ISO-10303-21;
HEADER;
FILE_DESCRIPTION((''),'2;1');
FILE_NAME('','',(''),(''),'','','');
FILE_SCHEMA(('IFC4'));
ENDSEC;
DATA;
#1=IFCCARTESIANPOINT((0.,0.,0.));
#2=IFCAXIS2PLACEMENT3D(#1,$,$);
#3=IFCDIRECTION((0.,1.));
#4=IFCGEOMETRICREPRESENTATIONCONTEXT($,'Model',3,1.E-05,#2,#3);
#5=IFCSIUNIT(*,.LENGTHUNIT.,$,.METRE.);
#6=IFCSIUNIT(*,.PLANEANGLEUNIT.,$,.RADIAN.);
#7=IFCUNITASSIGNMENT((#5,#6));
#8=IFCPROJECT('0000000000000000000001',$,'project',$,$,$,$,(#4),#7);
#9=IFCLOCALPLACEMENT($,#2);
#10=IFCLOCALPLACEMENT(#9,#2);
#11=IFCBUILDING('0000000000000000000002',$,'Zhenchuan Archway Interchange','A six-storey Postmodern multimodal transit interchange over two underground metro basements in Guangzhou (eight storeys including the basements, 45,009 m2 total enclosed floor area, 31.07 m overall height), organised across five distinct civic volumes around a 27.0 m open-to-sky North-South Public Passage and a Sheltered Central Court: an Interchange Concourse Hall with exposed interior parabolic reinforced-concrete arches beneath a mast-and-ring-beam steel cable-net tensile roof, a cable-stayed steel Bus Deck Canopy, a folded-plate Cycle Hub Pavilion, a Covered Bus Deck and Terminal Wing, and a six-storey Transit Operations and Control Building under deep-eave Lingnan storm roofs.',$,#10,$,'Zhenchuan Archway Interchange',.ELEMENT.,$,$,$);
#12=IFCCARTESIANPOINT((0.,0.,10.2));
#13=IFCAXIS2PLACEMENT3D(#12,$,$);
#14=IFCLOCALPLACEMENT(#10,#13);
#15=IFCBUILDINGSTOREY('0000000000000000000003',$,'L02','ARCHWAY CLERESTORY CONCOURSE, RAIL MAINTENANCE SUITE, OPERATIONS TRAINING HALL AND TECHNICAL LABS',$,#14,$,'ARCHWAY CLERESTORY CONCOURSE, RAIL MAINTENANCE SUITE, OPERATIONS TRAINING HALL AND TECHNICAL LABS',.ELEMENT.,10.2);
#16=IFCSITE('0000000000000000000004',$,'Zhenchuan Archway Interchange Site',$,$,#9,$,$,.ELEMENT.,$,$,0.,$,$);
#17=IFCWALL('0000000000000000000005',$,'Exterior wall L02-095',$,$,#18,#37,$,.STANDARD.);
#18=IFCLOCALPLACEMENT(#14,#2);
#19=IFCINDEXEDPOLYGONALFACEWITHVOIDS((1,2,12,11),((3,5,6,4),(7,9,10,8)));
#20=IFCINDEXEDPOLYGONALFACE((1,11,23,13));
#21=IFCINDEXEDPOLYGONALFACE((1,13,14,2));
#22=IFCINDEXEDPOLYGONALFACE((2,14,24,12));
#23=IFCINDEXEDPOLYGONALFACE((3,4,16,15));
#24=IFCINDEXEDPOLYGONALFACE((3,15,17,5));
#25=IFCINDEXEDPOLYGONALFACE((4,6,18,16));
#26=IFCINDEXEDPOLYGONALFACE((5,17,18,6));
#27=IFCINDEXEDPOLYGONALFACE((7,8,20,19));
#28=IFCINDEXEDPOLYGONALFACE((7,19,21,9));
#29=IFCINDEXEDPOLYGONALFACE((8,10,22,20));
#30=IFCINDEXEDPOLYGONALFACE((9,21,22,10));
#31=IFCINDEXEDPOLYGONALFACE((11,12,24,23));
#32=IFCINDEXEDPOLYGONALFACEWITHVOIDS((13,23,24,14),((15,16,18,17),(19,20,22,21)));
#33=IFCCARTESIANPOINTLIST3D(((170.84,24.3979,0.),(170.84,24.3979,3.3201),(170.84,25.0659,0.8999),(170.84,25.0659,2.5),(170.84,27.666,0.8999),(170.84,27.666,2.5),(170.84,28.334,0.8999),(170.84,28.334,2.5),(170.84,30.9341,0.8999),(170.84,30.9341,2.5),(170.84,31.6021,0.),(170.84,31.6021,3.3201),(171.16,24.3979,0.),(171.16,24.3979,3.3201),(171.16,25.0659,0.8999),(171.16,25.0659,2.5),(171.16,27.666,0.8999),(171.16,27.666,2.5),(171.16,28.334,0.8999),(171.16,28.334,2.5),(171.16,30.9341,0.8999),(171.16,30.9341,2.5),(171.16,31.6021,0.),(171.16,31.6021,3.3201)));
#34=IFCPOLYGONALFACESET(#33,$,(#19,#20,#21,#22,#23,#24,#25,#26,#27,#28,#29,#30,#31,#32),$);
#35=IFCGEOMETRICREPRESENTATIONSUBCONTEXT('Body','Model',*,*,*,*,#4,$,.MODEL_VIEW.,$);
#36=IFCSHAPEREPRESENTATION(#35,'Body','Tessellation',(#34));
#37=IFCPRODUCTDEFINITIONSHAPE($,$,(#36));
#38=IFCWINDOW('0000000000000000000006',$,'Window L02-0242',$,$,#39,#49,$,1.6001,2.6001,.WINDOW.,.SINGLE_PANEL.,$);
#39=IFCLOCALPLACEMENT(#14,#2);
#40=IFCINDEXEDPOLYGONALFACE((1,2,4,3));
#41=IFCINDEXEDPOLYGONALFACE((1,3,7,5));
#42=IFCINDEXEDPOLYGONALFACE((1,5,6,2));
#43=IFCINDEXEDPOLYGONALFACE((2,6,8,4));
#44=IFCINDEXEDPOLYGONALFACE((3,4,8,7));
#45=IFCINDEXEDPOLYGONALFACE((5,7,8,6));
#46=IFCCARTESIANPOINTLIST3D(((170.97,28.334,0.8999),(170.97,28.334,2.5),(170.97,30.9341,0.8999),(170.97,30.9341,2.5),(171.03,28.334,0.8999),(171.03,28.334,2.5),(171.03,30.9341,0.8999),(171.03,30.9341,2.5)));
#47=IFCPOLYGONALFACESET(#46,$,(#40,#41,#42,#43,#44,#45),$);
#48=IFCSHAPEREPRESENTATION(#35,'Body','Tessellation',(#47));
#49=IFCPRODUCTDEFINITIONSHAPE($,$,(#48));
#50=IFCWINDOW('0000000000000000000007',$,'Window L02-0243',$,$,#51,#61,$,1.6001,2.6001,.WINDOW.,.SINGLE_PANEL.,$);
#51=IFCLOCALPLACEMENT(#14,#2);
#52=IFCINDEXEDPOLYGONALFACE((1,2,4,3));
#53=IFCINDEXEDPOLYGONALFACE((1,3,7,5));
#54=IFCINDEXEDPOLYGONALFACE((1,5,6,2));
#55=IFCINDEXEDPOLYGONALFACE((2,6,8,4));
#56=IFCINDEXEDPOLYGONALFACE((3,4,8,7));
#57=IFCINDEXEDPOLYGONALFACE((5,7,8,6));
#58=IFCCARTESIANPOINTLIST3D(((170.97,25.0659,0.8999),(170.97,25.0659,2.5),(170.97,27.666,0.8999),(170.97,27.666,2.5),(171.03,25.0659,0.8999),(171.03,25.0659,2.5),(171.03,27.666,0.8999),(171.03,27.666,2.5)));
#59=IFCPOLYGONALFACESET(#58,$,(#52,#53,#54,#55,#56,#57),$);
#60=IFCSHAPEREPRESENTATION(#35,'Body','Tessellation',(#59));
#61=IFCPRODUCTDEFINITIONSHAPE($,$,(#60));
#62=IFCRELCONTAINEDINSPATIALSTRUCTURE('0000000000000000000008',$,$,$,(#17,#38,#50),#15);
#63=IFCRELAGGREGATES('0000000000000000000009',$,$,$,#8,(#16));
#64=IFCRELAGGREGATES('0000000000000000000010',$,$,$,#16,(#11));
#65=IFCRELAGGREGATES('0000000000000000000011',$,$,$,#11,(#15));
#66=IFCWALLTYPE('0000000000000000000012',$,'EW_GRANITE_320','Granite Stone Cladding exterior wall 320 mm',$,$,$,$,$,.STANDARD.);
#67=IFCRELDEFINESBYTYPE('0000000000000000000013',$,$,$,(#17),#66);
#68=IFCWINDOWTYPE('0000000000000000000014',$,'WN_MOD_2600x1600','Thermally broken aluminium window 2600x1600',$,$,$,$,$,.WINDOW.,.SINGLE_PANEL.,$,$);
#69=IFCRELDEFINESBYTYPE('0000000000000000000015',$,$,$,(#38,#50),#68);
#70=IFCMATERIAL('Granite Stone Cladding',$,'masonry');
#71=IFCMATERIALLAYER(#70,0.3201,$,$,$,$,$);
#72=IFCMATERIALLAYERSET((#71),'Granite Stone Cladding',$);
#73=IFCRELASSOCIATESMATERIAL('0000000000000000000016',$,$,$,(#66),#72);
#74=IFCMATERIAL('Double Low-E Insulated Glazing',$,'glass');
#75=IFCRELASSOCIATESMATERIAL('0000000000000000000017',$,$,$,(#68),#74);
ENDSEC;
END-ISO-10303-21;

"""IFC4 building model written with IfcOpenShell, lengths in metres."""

from ifc_helpers import new_model, si_unit, direction, frame, frame_2d, origin, place, context, subcontext, project, spatial, rectangle, extrude, material, layer, layer_set, type_object, element, fill, save


model = new_model("IFC4")

# Units and contexts
model_context = context("Model", 3, precision=1e-05, world=origin(), true_north=direction((0.0, 1.0)))
body_context = subcontext(model_context, "Body", "Model", "MODEL_VIEW")
ifc_project = project(units=[si_unit("LENGTHUNIT", "METRE"), si_unit("PLANEANGLEUNIT", "RADIAN")], contexts=[model_context])

# Site, building, storey
site_placement = place(None, origin())
site = spatial("IfcSite", under=ifc_project, at=site_placement, Name="Zhenchuan Archway Interchange Site", CompositionType="ELEMENT", RefElevation=0.0)
building_placement = place(site_placement, origin())
building = spatial("IfcBuilding", under=site, at=building_placement, Name="Zhenchuan Archway Interchange", Description="A six-storey Postmodern multimodal transit interchange over two underground metro basements in Guangzhou (eight storeys including the basements, 45,009 m2 total enclosed floor area, 31.07 m overall height), organised across five distinct civic volumes around a 27.0 m open-to-sky North-South Public Passage and a Sheltered Central Court: an Interchange Concourse Hall with exposed interior parabolic reinforced-concrete arches beneath a mast-and-ring-beam steel cable-net tensile roof, a cable-stayed steel Bus Deck Canopy, a folded-plate Cycle Hub Pavilion, a Covered Bus Deck and Terminal Wing, and a six-storey Transit Operations and Control Building under deep-eave Lingnan storm roofs.", LongName="Zhenchuan Archway Interchange", CompositionType="ELEMENT")
storey_placement = place(building_placement, frame((0.0, 0.0, 10.2)))
storey = spatial("IfcBuildingStorey", under=building, at=storey_placement, Name="L02", Description="ARCHWAY CLERESTORY CONCOURSE, RAIL MAINTENANCE SUITE, OPERATIONS TRAINING HALL AND TECHNICAL LABS", LongName="ARCHWAY CLERESTORY CONCOURSE, RAIL MAINTENANCE SUITE, OPERATIONS TRAINING HALL AND TECHNICAL LABS", CompositionType="ELEMENT", Elevation=10.2)

# Shared definitions
ifc_material_1 = material(Name="Double Low-E Insulated Glazing", Category="glass")

# Wall, openings, windows
ifc_material_2 = material(Name="Granite Stone Cladding", Category="masonry")
ifc_layer_1 = layer(ifc_material_2, 0.3201)
ifc_layer_set_1 = layer_set([ifc_layer_1], Name="Granite Stone Cladding")
wall_type = type_object("IfcWallType", Name="EW_GRANITE_320", Description="Granite Stone Cladding exterior wall 320 mm", PredefinedType="STANDARD", material=ifc_layer_set_1)
wall_placement = place(storey_placement, frame((171.0, 31.6021, 0.0), z_axis=(0.0, 0.0, 1.0), x_axis=(0.0, -1.0, 0.0)))
wall = element("IfcWall", 1, at=wall_placement, inside=storey, type_object=wall_type, Name="Exterior wall L02-095", PredefinedType="STANDARD", context=body_context, shape_type="SweptSolid", body=[
    extrude(rectangle(XDim=7.2041, YDim=0.3201, at=frame_2d((3.6021, 0.0))), origin(), (0.0, 0.0, 1.0), 3.3201),
])
opening_1_placement = place(wall_placement, frame((0.668, 0.0, 0.8999)))
opening_1 = element("IfcOpeningElement", 2, at=opening_1_placement, cuts=wall, PredefinedType="OPENING", context=body_context, shape_type="SweptSolid", body=[
    extrude(rectangle(XDim=2.6001, YDim=1.6001, at=frame_2d((1.3, 0.8))), frame((0.0, 0.1719, 0.0), z_axis=(0.0, -1.0, 0.0), x_axis=(1.0, 0.0, 0.0)), (0.0, 0.0, 1.0), 0.344),
])
opening_2_placement = place(wall_placement, frame((3.936, 0.0, 0.8999)))
opening_2 = element("IfcOpeningElement", 3, at=opening_2_placement, cuts=wall, PredefinedType="OPENING", context=body_context, shape_type="SweptSolid", body=[
    extrude(rectangle(XDim=2.6001, YDim=1.6001, at=frame_2d((1.3, 0.8))), frame((0.0, 0.1719, 0.0), z_axis=(0.0, -1.0, 0.0), x_axis=(1.0, 0.0, 0.0)), (0.0, 0.0, 1.0), 0.344),
])
window_type = type_object("IfcWindowType", Name="WN_MOD_2600x1600", Description="Thermally broken aluminium window 2600x1600", PartitioningType="SINGLE_PANEL", PredefinedType="WINDOW", material=ifc_material_1)
window_1_placement = place(opening_1_placement, origin())
window_1 = element("IfcWindow", 4, at=window_1_placement, inside=storey, type_object=window_type, Name="Window L02-0242", OverallHeight=1.6001, OverallWidth=2.6001, PartitioningType="SINGLE_PANEL", PredefinedType="WINDOW", context=body_context, shape_type="SweptSolid", body=[
    extrude(rectangle(XDim=2.6001, YDim=1.6001, at=frame_2d((1.3, 0.8))), frame((0.0, 0.03, 0.0), z_axis=(0.0, -1.0, 0.0), x_axis=(1.0, 0.0, 0.0)), (0.0, 0.0, 1.0), 0.0601),
])
fill(opening_1, window_1)
window_2_placement = place(opening_2_placement, origin())
window_2 = element("IfcWindow", 5, at=window_2_placement, inside=storey, type_object=window_type, Name="Window L02-0243", OverallHeight=1.6001, OverallWidth=2.6001, PartitioningType="SINGLE_PANEL", PredefinedType="WINDOW", context=body_context, shape_type="SweptSolid", body=[
    extrude(rectangle(XDim=2.6001, YDim=1.6001, at=frame_2d((1.3, 0.8))), frame((0.0, 0.03, 0.0), z_axis=(0.0, -1.0, 0.0), x_axis=(1.0, 0.0, 0.0)), (0.0, 0.0, 1.0), 0.0601),
])
fill(opening_2, window_2)

save(model, "model.ifc")
